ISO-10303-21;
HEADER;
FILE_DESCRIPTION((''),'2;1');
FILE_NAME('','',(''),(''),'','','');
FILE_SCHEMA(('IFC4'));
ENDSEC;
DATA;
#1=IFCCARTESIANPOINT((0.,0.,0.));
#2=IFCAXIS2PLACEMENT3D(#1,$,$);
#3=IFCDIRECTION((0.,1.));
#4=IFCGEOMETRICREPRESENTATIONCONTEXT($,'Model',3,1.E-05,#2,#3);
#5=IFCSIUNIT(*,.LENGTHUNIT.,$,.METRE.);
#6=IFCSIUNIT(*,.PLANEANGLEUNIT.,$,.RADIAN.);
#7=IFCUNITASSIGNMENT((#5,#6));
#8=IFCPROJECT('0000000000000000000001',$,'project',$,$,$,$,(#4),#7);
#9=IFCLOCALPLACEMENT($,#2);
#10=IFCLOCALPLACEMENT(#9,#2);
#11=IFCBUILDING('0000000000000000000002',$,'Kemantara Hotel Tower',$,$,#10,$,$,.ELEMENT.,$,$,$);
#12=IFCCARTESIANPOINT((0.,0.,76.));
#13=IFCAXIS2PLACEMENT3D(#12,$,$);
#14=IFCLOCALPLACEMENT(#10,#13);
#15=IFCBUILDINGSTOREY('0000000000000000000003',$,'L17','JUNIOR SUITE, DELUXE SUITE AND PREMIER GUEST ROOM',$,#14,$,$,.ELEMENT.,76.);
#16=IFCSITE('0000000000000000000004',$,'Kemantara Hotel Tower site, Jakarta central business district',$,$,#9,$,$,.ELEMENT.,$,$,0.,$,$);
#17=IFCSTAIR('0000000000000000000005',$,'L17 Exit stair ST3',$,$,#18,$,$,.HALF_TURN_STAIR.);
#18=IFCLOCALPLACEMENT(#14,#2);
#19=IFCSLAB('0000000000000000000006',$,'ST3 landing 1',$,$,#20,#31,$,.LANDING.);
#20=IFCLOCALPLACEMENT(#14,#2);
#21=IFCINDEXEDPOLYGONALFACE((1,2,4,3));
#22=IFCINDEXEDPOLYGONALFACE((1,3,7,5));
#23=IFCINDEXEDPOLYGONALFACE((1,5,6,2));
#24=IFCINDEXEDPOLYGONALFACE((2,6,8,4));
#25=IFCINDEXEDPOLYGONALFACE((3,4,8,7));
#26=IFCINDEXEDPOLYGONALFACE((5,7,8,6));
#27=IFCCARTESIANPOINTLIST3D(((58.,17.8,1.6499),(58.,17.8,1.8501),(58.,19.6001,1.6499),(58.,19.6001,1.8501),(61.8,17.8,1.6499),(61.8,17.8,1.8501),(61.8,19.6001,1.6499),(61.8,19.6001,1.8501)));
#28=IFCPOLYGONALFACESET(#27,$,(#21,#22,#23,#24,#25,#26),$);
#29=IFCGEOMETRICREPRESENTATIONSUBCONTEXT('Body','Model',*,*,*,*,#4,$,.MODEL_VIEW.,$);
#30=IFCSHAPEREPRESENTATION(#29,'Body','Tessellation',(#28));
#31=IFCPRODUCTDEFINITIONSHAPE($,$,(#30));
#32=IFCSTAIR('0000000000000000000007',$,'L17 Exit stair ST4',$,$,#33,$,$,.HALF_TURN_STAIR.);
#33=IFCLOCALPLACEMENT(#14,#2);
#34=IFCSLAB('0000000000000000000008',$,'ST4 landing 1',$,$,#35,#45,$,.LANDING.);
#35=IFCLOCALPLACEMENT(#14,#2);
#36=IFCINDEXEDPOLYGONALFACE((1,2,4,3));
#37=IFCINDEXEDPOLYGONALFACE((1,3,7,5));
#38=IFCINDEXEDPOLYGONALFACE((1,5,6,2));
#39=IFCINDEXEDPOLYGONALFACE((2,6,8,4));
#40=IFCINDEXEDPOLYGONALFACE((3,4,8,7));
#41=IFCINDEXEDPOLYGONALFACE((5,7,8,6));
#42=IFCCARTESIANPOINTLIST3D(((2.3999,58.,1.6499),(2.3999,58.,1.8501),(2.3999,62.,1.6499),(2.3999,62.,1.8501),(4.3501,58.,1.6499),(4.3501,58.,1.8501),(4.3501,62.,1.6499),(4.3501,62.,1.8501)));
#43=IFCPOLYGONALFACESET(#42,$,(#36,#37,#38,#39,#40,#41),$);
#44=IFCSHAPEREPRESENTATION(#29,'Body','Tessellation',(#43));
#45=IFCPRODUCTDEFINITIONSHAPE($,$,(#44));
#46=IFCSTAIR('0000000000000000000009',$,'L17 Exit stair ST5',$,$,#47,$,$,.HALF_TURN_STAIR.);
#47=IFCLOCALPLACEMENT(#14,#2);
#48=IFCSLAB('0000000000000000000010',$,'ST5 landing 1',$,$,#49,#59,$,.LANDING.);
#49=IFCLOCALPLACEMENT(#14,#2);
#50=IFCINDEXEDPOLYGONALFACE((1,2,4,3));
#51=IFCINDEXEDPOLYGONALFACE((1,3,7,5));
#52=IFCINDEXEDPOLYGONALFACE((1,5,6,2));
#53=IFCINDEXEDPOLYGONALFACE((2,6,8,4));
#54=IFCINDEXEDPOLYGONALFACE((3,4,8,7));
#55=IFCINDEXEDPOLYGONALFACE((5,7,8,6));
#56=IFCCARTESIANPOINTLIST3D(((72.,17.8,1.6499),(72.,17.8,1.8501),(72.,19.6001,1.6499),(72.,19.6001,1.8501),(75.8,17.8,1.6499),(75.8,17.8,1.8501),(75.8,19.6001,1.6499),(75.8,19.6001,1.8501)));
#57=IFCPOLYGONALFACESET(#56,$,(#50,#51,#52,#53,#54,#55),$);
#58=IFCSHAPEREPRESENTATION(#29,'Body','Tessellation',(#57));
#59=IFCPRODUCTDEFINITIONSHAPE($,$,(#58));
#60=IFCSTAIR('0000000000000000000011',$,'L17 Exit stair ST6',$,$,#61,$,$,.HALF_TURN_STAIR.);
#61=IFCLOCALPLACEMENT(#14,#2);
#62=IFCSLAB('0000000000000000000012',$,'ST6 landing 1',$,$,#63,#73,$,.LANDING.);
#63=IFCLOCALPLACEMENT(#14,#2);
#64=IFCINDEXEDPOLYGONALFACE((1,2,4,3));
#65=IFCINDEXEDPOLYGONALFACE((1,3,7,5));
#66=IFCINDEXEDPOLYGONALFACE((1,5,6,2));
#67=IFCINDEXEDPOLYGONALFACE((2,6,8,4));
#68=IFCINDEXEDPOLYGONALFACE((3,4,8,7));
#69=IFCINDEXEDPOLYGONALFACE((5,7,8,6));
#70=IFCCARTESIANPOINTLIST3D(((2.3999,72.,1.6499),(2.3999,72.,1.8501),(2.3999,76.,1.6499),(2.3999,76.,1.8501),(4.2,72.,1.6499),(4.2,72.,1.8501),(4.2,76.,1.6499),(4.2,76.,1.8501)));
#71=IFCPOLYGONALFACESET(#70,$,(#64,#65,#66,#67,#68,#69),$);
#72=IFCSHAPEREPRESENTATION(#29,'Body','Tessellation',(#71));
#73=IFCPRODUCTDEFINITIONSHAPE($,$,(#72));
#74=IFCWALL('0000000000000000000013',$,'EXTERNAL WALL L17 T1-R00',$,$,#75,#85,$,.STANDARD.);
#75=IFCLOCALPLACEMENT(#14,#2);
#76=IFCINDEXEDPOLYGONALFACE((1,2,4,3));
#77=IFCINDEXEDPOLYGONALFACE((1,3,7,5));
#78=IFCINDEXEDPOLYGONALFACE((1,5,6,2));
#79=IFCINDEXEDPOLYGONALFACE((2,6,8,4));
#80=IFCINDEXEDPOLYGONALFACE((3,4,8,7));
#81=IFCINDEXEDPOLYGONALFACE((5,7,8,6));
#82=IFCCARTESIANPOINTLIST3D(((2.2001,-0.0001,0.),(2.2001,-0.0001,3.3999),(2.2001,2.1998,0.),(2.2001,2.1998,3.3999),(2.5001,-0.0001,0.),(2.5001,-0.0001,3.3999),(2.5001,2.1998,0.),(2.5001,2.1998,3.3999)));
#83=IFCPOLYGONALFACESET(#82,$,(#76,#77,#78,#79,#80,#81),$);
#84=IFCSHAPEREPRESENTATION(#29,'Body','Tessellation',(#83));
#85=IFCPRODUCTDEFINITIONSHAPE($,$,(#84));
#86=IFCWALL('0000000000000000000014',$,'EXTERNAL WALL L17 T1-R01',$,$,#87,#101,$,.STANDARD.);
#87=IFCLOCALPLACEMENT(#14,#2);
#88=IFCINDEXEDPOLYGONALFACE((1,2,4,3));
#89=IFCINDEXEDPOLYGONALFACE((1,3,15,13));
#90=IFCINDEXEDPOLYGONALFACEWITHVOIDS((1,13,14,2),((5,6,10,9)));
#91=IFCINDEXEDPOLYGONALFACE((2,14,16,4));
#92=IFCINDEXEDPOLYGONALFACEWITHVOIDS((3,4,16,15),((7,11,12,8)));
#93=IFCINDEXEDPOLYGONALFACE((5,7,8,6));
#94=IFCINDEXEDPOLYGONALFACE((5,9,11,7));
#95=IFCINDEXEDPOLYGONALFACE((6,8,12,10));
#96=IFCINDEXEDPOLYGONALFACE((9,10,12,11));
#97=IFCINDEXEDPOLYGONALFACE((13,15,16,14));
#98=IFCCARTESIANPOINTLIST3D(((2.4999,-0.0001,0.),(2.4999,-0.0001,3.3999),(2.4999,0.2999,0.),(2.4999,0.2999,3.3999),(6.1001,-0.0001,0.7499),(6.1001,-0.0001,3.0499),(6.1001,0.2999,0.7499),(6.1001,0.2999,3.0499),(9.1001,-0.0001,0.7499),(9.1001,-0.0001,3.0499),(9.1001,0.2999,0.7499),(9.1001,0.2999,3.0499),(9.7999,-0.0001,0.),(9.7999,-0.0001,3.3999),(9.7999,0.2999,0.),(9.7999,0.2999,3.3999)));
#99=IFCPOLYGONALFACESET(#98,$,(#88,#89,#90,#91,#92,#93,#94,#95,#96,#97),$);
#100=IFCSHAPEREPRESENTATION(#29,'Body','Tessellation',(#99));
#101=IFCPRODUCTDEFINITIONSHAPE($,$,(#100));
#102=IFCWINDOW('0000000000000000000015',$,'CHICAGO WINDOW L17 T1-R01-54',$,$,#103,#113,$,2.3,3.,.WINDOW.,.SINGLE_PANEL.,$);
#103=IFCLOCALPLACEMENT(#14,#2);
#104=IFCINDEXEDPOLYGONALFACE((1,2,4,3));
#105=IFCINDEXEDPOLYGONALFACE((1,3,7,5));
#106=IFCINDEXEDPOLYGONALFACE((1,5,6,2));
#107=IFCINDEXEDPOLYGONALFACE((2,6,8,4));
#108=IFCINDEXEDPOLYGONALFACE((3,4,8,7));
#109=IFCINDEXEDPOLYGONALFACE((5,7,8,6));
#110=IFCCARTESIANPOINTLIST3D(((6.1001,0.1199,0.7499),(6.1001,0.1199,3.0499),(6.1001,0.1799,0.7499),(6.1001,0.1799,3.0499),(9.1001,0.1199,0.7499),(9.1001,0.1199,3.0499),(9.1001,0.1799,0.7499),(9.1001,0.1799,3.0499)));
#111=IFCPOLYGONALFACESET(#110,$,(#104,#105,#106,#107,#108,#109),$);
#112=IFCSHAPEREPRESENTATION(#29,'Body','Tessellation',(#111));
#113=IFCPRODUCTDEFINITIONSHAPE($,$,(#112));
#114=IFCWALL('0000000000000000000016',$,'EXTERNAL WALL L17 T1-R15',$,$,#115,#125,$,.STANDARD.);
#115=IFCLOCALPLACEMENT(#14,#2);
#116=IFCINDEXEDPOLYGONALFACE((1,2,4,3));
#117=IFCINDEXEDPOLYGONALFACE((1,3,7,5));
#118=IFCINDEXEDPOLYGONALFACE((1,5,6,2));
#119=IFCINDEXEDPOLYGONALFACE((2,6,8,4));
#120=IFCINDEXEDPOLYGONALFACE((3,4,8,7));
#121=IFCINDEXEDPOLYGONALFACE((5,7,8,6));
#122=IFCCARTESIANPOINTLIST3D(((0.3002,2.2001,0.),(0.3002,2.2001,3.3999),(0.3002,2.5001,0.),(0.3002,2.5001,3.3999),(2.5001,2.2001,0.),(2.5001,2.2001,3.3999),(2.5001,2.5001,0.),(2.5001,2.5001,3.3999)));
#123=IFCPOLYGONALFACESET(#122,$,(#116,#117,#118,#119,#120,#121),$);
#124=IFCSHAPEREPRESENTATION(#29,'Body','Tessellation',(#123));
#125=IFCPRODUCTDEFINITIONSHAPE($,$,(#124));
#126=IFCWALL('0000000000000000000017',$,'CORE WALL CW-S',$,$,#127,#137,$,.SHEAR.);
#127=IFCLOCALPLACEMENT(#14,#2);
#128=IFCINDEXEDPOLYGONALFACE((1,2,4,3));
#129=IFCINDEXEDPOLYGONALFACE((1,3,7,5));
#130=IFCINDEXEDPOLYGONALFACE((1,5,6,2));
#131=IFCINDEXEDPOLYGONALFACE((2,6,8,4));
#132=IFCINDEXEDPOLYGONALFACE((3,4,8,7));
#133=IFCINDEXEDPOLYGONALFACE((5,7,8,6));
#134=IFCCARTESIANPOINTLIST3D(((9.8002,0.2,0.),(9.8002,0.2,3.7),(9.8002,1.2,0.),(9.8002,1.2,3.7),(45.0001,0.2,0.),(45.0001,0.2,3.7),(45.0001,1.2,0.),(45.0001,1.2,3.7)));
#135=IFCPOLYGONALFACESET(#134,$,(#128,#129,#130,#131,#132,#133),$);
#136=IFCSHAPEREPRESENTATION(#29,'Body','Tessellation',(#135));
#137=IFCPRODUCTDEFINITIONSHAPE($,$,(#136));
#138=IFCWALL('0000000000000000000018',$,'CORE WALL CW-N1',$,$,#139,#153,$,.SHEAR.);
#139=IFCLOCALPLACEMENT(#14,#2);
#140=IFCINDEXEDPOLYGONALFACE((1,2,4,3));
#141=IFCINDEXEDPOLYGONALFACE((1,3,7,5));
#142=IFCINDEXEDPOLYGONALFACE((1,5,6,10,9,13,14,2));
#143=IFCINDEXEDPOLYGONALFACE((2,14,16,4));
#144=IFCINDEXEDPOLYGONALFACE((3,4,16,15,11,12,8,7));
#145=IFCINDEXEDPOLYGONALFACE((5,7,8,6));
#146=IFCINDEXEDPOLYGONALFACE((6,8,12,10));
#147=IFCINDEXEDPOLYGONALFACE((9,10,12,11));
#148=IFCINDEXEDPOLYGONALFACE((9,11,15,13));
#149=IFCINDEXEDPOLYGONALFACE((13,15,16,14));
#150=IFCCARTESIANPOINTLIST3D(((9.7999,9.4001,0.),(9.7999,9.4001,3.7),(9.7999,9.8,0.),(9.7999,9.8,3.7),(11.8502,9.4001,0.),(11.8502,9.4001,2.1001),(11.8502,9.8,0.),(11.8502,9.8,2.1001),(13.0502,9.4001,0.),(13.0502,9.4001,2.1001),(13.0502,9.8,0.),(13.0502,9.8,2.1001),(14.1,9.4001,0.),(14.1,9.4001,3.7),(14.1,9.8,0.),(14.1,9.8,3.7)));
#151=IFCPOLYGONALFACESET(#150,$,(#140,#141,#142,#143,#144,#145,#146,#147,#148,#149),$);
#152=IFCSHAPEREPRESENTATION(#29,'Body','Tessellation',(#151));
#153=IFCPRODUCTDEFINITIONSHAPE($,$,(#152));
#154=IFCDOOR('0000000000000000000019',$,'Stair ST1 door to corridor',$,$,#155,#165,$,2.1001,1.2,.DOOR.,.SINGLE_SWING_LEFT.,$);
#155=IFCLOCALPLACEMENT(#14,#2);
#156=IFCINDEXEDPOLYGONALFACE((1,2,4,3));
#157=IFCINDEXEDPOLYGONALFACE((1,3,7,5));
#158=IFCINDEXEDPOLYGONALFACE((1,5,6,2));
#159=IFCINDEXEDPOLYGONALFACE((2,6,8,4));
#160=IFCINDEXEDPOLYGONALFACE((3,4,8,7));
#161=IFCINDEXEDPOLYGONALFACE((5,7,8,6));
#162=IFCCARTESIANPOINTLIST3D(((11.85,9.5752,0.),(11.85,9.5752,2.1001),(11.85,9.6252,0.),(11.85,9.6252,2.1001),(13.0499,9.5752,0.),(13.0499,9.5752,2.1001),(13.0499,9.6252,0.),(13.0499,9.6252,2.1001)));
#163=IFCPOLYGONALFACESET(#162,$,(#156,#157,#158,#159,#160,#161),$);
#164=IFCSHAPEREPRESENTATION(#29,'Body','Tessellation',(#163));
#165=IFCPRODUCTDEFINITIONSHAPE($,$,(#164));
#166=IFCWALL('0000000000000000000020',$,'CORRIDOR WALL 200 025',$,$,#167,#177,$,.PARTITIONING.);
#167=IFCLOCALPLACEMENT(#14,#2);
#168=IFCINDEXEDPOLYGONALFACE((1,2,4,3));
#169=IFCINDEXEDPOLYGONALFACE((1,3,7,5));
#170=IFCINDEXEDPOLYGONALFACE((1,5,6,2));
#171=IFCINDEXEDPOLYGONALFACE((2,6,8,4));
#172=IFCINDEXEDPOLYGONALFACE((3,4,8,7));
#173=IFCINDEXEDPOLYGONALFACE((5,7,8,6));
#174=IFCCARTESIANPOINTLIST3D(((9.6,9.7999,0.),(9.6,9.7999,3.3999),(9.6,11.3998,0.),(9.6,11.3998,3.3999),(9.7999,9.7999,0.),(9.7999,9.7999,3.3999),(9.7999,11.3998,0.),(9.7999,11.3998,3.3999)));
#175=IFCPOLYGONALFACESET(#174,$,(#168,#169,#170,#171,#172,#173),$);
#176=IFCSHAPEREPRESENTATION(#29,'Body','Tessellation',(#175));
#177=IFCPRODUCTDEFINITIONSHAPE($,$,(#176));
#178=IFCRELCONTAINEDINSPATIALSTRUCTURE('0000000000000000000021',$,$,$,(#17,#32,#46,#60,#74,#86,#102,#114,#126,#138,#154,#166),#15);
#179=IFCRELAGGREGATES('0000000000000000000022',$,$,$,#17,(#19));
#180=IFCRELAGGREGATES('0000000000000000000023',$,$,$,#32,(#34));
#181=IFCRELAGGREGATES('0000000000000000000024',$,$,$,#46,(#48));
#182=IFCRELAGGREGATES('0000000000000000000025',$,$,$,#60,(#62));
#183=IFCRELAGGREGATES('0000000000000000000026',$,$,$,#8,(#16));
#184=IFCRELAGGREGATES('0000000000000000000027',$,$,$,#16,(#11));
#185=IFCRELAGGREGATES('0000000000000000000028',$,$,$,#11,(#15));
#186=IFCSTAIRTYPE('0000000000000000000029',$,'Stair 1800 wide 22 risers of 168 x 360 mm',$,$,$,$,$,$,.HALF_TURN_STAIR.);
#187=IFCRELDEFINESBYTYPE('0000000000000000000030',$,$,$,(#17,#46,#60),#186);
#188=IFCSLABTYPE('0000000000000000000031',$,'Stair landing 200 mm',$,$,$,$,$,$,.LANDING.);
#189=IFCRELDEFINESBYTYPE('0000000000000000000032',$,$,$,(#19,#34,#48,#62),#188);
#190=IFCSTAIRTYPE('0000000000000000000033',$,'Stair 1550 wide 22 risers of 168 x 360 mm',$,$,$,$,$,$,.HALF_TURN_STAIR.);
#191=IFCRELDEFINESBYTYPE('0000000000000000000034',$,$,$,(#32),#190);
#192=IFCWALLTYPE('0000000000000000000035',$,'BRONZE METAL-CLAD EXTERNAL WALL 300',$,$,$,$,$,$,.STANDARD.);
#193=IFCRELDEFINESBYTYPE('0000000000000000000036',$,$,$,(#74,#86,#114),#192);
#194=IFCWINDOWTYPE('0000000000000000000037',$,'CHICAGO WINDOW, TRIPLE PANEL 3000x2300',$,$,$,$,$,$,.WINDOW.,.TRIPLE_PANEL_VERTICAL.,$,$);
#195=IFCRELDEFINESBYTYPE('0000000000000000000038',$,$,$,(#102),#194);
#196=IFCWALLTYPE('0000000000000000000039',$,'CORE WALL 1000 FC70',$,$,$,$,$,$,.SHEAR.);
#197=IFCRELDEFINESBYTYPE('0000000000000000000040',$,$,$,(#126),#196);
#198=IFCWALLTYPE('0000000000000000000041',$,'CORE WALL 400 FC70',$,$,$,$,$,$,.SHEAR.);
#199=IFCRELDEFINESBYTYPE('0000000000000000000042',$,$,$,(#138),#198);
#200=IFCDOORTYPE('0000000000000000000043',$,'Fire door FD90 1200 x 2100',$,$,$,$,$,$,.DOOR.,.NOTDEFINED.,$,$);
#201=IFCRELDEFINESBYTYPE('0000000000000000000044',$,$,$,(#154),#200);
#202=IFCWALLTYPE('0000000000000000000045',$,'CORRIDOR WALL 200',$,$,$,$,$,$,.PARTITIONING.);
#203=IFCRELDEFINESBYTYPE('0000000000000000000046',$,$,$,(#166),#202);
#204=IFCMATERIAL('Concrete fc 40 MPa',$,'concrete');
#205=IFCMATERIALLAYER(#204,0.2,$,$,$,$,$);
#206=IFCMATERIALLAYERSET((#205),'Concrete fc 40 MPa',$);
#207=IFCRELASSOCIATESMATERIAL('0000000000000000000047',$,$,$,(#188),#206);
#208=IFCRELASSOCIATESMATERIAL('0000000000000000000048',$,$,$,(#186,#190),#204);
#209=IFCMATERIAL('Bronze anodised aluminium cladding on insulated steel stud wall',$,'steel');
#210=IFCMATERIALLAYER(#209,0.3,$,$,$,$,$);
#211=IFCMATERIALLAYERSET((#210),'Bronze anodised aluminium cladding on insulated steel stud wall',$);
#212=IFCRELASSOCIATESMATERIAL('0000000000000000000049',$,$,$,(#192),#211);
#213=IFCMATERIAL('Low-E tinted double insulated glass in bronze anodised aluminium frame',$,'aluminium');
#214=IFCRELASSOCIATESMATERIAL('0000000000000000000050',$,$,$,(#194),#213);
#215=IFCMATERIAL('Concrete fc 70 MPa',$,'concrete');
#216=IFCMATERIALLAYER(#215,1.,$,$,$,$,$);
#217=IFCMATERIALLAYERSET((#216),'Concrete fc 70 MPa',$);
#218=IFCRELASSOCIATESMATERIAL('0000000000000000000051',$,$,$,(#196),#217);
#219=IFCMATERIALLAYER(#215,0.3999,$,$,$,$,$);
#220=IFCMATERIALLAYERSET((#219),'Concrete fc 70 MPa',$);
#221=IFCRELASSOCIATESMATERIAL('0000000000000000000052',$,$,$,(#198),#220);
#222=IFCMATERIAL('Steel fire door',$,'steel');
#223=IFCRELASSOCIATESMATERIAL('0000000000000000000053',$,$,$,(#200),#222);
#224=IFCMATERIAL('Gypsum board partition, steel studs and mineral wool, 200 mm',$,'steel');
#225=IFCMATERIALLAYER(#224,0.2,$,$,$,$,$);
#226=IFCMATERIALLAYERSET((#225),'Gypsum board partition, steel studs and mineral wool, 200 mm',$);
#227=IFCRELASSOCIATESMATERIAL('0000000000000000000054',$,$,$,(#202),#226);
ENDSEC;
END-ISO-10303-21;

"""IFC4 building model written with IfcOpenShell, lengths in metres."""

from ifc_helpers import new_model, si_unit, direction, frame, frame_2d, origin, place, context, subcontext, project, spatial, polyline, rectangle, outline, extrude, material, layer, layer_set, type_object, element, fill, aggregate, save


model = new_model("IFC4")

# Units and contexts
model_context = context("Model", 3, precision=1e-05, world=origin(), true_north=direction((0.0, 1.0)))
body_context = subcontext(model_context, "Body", "Model", "MODEL_VIEW")
ifc_project = project(units=[si_unit("LENGTHUNIT", "METRE"), si_unit("PLANEANGLEUNIT", "RADIAN")], contexts=[model_context])

# Site, building, storey
site_placement = place(None, origin())
site = spatial("IfcSite", under=ifc_project, at=site_placement, Name="Kemantara Hotel Tower site, Jakarta central business district", CompositionType="ELEMENT", RefElevation=0.0)
building_placement = place(site_placement, origin())
building = spatial("IfcBuilding", under=site, at=building_placement, Name="Kemantara Hotel Tower", CompositionType="ELEMENT")
storey_placement = place(building_placement, frame((0.0, 0.0, 76.0)))
storey = spatial("IfcBuildingStorey", under=building, at=storey_placement, Name="L17", Description="JUNIOR SUITE, DELUXE SUITE AND PREMIER GUEST ROOM", CompositionType="ELEMENT", Elevation=76.0)

# Shared definitions
ifc_material_1 = material(Name="Concrete fc 70 MPa", Category="concrete")

# Shared definitions
ifc_material_2 = material(Name="Concrete fc 40 MPa", Category="concrete")

# Stairs, slabs
ifc_layer_1 = layer(ifc_material_2, 0.2)
ifc_layer_set_1 = layer_set([ifc_layer_1], Name="Concrete fc 40 MPa")
slab_type_1 = type_object("IfcSlabType", Name="Stair landing 200 mm", PredefinedType="LANDING", material=ifc_layer_set_1)
stair_type_1 = type_object("IfcStairType", Name="Stair 1800 wide 22 risers of 168 x 360 mm", PredefinedType="HALF_TURN_STAIR", material=ifc_material_2)
stair_1_placement = place(storey_placement, origin())
stair_1 = element("IfcStair", 1, at=stair_1_placement, inside=storey, type_object=stair_type_1, Name="L17 Exit stair ST3", PredefinedType="HALF_TURN_STAIR")
slab_1_placement = place(storey_placement, frame((0.0, 0.0, 1.6499)))
slab_1 = element("IfcSlab", 2, at=slab_1_placement, type_object=slab_type_1, Name="ST3 landing 1", PredefinedType="LANDING", context=body_context, shape_type="SweptSolid", body=[
    extrude(outline(polyline([(61.8, 17.8), (61.8, 19.6001), (58.0, 19.6001), (58.0, 17.8), (61.8, 17.8)])), origin(), (0.0, 0.0, 1.0), 0.2002),
])
aggregate(stair_1, [slab_1])
stair_type_2 = type_object("IfcStairType", Name="Stair 1550 wide 22 risers of 168 x 360 mm", PredefinedType="HALF_TURN_STAIR", material=ifc_material_2)
stair_2_placement = place(storey_placement, origin())
stair_2 = element("IfcStair", 3, at=stair_2_placement, inside=storey, type_object=stair_type_2, Name="L17 Exit stair ST4", PredefinedType="HALF_TURN_STAIR")
slab_2_placement = place(storey_placement, frame((0.0, 0.0, 1.6499)))
slab_2 = element("IfcSlab", 4, at=slab_2_placement, type_object=slab_type_1, Name="ST4 landing 1", PredefinedType="LANDING", context=body_context, shape_type="SweptSolid", body=[
    extrude(outline(polyline([(4.3501, 62.0), (2.3999, 62.0), (2.3999, 58.0), (4.3501, 58.0), (4.3501, 62.0)])), origin(), (0.0, 0.0, 1.0), 0.2002),
])
aggregate(stair_2, [slab_2])
stair_3_placement = place(storey_placement, origin())
stair_3 = element("IfcStair", 5, at=stair_3_placement, inside=storey, type_object=stair_type_1, Name="L17 Exit stair ST5", PredefinedType="HALF_TURN_STAIR")
slab_3_placement = place(storey_placement, frame((0.0, 0.0, 1.6499)))
slab_3 = element("IfcSlab", 6, at=slab_3_placement, type_object=slab_type_1, Name="ST5 landing 1", PredefinedType="LANDING", context=body_context, shape_type="SweptSolid", body=[
    extrude(outline(polyline([(75.8, 17.8), (75.8, 19.6001), (72.0, 19.6001), (72.0, 17.8), (75.8, 17.8)])), origin(), (0.0, 0.0, 1.0), 0.2002),
])
aggregate(stair_3, [slab_3])
stair_4_placement = place(storey_placement, origin())
stair_4 = element("IfcStair", 7, at=stair_4_placement, inside=storey, type_object=stair_type_1, Name="L17 Exit stair ST6", PredefinedType="HALF_TURN_STAIR")
slab_4_placement = place(storey_placement, frame((0.0, 0.0, 1.6499)))
slab_4 = element("IfcSlab", 8, at=slab_4_placement, type_object=slab_type_1, Name="ST6 landing 1", PredefinedType="LANDING", context=body_context, shape_type="SweptSolid", body=[
    extrude(outline(polyline([(4.2, 76.0), (2.3999, 76.0), (2.3999, 72.0), (4.2, 72.0), (4.2, 76.0)])), origin(), (0.0, 0.0, 1.0), 0.2002),
])
aggregate(stair_4, [slab_4])

# Wall
ifc_material_3 = material(Name="Bronze anodised aluminium cladding on insulated steel stud wall", Category="steel")
ifc_layer_2 = layer(ifc_material_3, 0.3)
ifc_layer_set_2 = layer_set([ifc_layer_2], Name="Bronze anodised aluminium cladding on insulated steel stud wall")
wall_type_1 = type_object("IfcWallType", Name="BRONZE METAL-CLAD EXTERNAL WALL 300", PredefinedType="STANDARD", material=ifc_layer_set_2)
wall_1_placement = place(storey_placement, frame((2.3501, 2.2, 0.0), z_axis=(0.0, 0.0, 1.0), x_axis=(0.0, -1.0, 0.0)))
element("IfcWall", 9, at=wall_1_placement, inside=storey, type_object=wall_type_1, Name="EXTERNAL WALL L17 T1-R00", PredefinedType="STANDARD", context=body_context, shape_type="SweptSolid", body=[
    extrude(rectangle(XDim=2.2, YDim=0.3, at=frame_2d((1.1001, 0.0))), origin(), (0.0, 0.0, 1.0), 3.3999),
])

# Wall, opening, window
wall_2_placement = place(storey_placement, frame((2.5, 0.1499, 0.0), z_axis=(0.0, 0.0, 1.0), x_axis=(1.0, 0.0, 0.0)))
wall_2 = element("IfcWall", 10, at=wall_2_placement, inside=storey, type_object=wall_type_1, Name="EXTERNAL WALL L17 T1-R01", PredefinedType="STANDARD", context=body_context, shape_type="SweptSolid", body=[
    extrude(rectangle(XDim=7.3, YDim=0.3, at=frame_2d((3.6499, 0.0))), origin(), (0.0, 0.0, 1.0), 3.3999),
])
opening_1_placement = place(wall_2_placement, frame((3.6001, 0.0, 0.75)))
opening_1 = element("IfcOpeningElement", 11, at=opening_1_placement, cuts=wall_2, PredefinedType="OPENING", context=body_context, shape_type="SweptSolid", body=[
    extrude(rectangle(XDim=3.0, YDim=2.3, at=frame_2d((1.5, 1.1499))), frame((0.0, 0.1599, 0.0), z_axis=(0.0, -1.0, 0.0), x_axis=(1.0, 0.0, 0.0)), (0.0, 0.0, 1.0), 0.3201),
])
ifc_material_4 = material(Name="Low-E tinted double insulated glass in bronze anodised aluminium frame", Category="aluminium")
window_type = type_object("IfcWindowType", Name="CHICAGO WINDOW, TRIPLE PANEL 3000x2300", PartitioningType="TRIPLE_PANEL_VERTICAL", PredefinedType="WINDOW", material=ifc_material_4)
window_placement = place(opening_1_placement, origin())
window = element("IfcWindow", 12, at=window_placement, inside=storey, type_object=window_type, Name="CHICAGO WINDOW L17 T1-R01-54", OverallHeight=2.3, OverallWidth=3.0, PartitioningType="SINGLE_PANEL", PredefinedType="WINDOW", context=body_context, shape_type="SweptSolid", body=[
    extrude(rectangle(XDim=3.0, YDim=2.3, at=frame_2d((1.5, 1.1499))), frame((0.0, 0.03, 0.0), z_axis=(0.0, -1.0, 0.0), x_axis=(1.0, 0.0, 0.0)), (0.0, 0.0, 1.0), 0.0601),
])
fill(opening_1, window)

# Walls
wall_3_placement = place(storey_placement, frame((0.3, 2.3501, 0.0), z_axis=(0.0, 0.0, 1.0), x_axis=(1.0, 0.0, 0.0)))
element("IfcWall", 13, at=wall_3_placement, inside=storey, type_object=wall_type_1, Name="EXTERNAL WALL L17 T1-R15", PredefinedType="STANDARD", context=body_context, shape_type="SweptSolid", body=[
    extrude(rectangle(XDim=2.2, YDim=0.3, at=frame_2d((1.1001, 0.0))), origin(), (0.0, 0.0, 1.0), 3.3999),
])
ifc_layer_3 = layer(ifc_material_1, 1.0)
ifc_layer_set_3 = layer_set([ifc_layer_3], Name="Concrete fc 70 MPa")
wall_type_2 = type_object("IfcWallType", Name="CORE WALL 1000 FC70", PredefinedType="SHEAR", material=ifc_layer_set_3)
wall_4_placement = place(storey_placement, frame((9.8, 0.7, 0.0), z_axis=(0.0, 0.0, 1.0), x_axis=(1.0, 0.0, 0.0)))
element("IfcWall", 14, at=wall_4_placement, inside=storey, type_object=wall_type_2, Name="CORE WALL CW-S", PredefinedType="SHEAR", context=body_context, shape_type="SweptSolid", body=[
    extrude(rectangle(XDim=35.2, YDim=1.0, at=frame_2d((17.6001, 0.0))), origin(), (0.0, 0.0, 1.0), 3.7),
])

# Wall, opening, door
ifc_layer_4 = layer(ifc_material_1, 0.3999)
ifc_layer_set_4 = layer_set([ifc_layer_4], Name="Concrete fc 70 MPa")
wall_type_3 = type_object("IfcWallType", Name="CORE WALL 400 FC70", PredefinedType="SHEAR", material=ifc_layer_set_4)
wall_5_placement = place(storey_placement, frame((9.8, 9.6001, 0.0), z_axis=(0.0, 0.0, 1.0), x_axis=(1.0, 0.0, 0.0)))
wall_5 = element("IfcWall", 15, at=wall_5_placement, inside=storey, type_object=wall_type_3, Name="CORE WALL CW-N1", PredefinedType="SHEAR", context=body_context, shape_type="SweptSolid", body=[
    extrude(rectangle(XDim=4.3, YDim=0.3999, at=frame_2d((2.1499, 0.0))), origin(), (0.0, 0.0, 1.0), 3.7),
])
opening_2_placement = place(wall_5_placement, frame((2.05, 0.0, 0.0)))
opening_2 = element("IfcOpeningElement", 16, at=opening_2_placement, cuts=wall_5, PredefinedType="OPENING", context=body_context, shape_type="SweptSolid", body=[
    extrude(rectangle(XDim=1.2, YDim=2.1001, at=frame_2d((0.6001, 1.05))), frame((0.0, 0.21, 0.0), z_axis=(0.0, -1.0, 0.0), x_axis=(1.0, 0.0, 0.0)), (0.0, 0.0, 1.0), 0.4199),
])
ifc_material_5 = material(Name="Steel fire door", Category="steel")
door_type_1 = type_object("IfcDoorType", Name="Fire door FD90 1200 x 2100", OperationType="NOTDEFINED", PredefinedType="DOOR", material=ifc_material_5)
door_1_placement = place(opening_2_placement, frame((1.2, 0.0, 0.0), z_axis=(0.0, 0.0, 1.0), x_axis=(-1.0, 0.0, 0.0)))
door_1 = element("IfcDoor", 17, at=door_1_placement, inside=storey, type_object=door_type_1, Name="Stair ST1 door to corridor", OperationType="SINGLE_SWING_LEFT", OverallHeight=2.1001, OverallWidth=1.2, PredefinedType="DOOR", context=body_context, shape_type="SweptSolid", body=[
    extrude(rectangle(XDim=1.2, YDim=2.1001, at=frame_2d((0.6001, 1.05))), frame((0.0, 0.0249, 0.0), z_axis=(0.0, -1.0, 0.0), x_axis=(1.0, 0.0, 0.0)), (0.0, 0.0, 1.0), 0.05),
])
fill(opening_2, door_1)

# Wall
ifc_material_6 = material(Name="Gypsum board partition, steel studs and mineral wool, 200 mm", Category="steel")
ifc_layer_5 = layer(ifc_material_6, 0.2)
ifc_layer_set_5 = layer_set([ifc_layer_5], Name="Gypsum board partition, steel studs and mineral wool, 200 mm")
wall_type_4 = type_object("IfcWallType", Name="CORRIDOR WALL 200", PredefinedType="PARTITIONING", material=ifc_layer_set_5)
wall_6_placement = place(storey_placement, frame((9.7, 9.8, 0.0), z_axis=(0.0, 0.0, 1.0), x_axis=(0.0, 1.0, 0.0)))
element("IfcWall", 18, at=wall_6_placement, inside=storey, type_object=wall_type_4, Name="CORRIDOR WALL 200 025", PredefinedType="PARTITIONING", context=body_context, shape_type="SweptSolid", body=[
    extrude(rectangle(XDim=1.5999, YDim=0.2, at=frame_2d((0.7998, 0.0))), origin(), (0.0, 0.0, 1.0), 3.3999),
])

save(model, "model.ifc")
